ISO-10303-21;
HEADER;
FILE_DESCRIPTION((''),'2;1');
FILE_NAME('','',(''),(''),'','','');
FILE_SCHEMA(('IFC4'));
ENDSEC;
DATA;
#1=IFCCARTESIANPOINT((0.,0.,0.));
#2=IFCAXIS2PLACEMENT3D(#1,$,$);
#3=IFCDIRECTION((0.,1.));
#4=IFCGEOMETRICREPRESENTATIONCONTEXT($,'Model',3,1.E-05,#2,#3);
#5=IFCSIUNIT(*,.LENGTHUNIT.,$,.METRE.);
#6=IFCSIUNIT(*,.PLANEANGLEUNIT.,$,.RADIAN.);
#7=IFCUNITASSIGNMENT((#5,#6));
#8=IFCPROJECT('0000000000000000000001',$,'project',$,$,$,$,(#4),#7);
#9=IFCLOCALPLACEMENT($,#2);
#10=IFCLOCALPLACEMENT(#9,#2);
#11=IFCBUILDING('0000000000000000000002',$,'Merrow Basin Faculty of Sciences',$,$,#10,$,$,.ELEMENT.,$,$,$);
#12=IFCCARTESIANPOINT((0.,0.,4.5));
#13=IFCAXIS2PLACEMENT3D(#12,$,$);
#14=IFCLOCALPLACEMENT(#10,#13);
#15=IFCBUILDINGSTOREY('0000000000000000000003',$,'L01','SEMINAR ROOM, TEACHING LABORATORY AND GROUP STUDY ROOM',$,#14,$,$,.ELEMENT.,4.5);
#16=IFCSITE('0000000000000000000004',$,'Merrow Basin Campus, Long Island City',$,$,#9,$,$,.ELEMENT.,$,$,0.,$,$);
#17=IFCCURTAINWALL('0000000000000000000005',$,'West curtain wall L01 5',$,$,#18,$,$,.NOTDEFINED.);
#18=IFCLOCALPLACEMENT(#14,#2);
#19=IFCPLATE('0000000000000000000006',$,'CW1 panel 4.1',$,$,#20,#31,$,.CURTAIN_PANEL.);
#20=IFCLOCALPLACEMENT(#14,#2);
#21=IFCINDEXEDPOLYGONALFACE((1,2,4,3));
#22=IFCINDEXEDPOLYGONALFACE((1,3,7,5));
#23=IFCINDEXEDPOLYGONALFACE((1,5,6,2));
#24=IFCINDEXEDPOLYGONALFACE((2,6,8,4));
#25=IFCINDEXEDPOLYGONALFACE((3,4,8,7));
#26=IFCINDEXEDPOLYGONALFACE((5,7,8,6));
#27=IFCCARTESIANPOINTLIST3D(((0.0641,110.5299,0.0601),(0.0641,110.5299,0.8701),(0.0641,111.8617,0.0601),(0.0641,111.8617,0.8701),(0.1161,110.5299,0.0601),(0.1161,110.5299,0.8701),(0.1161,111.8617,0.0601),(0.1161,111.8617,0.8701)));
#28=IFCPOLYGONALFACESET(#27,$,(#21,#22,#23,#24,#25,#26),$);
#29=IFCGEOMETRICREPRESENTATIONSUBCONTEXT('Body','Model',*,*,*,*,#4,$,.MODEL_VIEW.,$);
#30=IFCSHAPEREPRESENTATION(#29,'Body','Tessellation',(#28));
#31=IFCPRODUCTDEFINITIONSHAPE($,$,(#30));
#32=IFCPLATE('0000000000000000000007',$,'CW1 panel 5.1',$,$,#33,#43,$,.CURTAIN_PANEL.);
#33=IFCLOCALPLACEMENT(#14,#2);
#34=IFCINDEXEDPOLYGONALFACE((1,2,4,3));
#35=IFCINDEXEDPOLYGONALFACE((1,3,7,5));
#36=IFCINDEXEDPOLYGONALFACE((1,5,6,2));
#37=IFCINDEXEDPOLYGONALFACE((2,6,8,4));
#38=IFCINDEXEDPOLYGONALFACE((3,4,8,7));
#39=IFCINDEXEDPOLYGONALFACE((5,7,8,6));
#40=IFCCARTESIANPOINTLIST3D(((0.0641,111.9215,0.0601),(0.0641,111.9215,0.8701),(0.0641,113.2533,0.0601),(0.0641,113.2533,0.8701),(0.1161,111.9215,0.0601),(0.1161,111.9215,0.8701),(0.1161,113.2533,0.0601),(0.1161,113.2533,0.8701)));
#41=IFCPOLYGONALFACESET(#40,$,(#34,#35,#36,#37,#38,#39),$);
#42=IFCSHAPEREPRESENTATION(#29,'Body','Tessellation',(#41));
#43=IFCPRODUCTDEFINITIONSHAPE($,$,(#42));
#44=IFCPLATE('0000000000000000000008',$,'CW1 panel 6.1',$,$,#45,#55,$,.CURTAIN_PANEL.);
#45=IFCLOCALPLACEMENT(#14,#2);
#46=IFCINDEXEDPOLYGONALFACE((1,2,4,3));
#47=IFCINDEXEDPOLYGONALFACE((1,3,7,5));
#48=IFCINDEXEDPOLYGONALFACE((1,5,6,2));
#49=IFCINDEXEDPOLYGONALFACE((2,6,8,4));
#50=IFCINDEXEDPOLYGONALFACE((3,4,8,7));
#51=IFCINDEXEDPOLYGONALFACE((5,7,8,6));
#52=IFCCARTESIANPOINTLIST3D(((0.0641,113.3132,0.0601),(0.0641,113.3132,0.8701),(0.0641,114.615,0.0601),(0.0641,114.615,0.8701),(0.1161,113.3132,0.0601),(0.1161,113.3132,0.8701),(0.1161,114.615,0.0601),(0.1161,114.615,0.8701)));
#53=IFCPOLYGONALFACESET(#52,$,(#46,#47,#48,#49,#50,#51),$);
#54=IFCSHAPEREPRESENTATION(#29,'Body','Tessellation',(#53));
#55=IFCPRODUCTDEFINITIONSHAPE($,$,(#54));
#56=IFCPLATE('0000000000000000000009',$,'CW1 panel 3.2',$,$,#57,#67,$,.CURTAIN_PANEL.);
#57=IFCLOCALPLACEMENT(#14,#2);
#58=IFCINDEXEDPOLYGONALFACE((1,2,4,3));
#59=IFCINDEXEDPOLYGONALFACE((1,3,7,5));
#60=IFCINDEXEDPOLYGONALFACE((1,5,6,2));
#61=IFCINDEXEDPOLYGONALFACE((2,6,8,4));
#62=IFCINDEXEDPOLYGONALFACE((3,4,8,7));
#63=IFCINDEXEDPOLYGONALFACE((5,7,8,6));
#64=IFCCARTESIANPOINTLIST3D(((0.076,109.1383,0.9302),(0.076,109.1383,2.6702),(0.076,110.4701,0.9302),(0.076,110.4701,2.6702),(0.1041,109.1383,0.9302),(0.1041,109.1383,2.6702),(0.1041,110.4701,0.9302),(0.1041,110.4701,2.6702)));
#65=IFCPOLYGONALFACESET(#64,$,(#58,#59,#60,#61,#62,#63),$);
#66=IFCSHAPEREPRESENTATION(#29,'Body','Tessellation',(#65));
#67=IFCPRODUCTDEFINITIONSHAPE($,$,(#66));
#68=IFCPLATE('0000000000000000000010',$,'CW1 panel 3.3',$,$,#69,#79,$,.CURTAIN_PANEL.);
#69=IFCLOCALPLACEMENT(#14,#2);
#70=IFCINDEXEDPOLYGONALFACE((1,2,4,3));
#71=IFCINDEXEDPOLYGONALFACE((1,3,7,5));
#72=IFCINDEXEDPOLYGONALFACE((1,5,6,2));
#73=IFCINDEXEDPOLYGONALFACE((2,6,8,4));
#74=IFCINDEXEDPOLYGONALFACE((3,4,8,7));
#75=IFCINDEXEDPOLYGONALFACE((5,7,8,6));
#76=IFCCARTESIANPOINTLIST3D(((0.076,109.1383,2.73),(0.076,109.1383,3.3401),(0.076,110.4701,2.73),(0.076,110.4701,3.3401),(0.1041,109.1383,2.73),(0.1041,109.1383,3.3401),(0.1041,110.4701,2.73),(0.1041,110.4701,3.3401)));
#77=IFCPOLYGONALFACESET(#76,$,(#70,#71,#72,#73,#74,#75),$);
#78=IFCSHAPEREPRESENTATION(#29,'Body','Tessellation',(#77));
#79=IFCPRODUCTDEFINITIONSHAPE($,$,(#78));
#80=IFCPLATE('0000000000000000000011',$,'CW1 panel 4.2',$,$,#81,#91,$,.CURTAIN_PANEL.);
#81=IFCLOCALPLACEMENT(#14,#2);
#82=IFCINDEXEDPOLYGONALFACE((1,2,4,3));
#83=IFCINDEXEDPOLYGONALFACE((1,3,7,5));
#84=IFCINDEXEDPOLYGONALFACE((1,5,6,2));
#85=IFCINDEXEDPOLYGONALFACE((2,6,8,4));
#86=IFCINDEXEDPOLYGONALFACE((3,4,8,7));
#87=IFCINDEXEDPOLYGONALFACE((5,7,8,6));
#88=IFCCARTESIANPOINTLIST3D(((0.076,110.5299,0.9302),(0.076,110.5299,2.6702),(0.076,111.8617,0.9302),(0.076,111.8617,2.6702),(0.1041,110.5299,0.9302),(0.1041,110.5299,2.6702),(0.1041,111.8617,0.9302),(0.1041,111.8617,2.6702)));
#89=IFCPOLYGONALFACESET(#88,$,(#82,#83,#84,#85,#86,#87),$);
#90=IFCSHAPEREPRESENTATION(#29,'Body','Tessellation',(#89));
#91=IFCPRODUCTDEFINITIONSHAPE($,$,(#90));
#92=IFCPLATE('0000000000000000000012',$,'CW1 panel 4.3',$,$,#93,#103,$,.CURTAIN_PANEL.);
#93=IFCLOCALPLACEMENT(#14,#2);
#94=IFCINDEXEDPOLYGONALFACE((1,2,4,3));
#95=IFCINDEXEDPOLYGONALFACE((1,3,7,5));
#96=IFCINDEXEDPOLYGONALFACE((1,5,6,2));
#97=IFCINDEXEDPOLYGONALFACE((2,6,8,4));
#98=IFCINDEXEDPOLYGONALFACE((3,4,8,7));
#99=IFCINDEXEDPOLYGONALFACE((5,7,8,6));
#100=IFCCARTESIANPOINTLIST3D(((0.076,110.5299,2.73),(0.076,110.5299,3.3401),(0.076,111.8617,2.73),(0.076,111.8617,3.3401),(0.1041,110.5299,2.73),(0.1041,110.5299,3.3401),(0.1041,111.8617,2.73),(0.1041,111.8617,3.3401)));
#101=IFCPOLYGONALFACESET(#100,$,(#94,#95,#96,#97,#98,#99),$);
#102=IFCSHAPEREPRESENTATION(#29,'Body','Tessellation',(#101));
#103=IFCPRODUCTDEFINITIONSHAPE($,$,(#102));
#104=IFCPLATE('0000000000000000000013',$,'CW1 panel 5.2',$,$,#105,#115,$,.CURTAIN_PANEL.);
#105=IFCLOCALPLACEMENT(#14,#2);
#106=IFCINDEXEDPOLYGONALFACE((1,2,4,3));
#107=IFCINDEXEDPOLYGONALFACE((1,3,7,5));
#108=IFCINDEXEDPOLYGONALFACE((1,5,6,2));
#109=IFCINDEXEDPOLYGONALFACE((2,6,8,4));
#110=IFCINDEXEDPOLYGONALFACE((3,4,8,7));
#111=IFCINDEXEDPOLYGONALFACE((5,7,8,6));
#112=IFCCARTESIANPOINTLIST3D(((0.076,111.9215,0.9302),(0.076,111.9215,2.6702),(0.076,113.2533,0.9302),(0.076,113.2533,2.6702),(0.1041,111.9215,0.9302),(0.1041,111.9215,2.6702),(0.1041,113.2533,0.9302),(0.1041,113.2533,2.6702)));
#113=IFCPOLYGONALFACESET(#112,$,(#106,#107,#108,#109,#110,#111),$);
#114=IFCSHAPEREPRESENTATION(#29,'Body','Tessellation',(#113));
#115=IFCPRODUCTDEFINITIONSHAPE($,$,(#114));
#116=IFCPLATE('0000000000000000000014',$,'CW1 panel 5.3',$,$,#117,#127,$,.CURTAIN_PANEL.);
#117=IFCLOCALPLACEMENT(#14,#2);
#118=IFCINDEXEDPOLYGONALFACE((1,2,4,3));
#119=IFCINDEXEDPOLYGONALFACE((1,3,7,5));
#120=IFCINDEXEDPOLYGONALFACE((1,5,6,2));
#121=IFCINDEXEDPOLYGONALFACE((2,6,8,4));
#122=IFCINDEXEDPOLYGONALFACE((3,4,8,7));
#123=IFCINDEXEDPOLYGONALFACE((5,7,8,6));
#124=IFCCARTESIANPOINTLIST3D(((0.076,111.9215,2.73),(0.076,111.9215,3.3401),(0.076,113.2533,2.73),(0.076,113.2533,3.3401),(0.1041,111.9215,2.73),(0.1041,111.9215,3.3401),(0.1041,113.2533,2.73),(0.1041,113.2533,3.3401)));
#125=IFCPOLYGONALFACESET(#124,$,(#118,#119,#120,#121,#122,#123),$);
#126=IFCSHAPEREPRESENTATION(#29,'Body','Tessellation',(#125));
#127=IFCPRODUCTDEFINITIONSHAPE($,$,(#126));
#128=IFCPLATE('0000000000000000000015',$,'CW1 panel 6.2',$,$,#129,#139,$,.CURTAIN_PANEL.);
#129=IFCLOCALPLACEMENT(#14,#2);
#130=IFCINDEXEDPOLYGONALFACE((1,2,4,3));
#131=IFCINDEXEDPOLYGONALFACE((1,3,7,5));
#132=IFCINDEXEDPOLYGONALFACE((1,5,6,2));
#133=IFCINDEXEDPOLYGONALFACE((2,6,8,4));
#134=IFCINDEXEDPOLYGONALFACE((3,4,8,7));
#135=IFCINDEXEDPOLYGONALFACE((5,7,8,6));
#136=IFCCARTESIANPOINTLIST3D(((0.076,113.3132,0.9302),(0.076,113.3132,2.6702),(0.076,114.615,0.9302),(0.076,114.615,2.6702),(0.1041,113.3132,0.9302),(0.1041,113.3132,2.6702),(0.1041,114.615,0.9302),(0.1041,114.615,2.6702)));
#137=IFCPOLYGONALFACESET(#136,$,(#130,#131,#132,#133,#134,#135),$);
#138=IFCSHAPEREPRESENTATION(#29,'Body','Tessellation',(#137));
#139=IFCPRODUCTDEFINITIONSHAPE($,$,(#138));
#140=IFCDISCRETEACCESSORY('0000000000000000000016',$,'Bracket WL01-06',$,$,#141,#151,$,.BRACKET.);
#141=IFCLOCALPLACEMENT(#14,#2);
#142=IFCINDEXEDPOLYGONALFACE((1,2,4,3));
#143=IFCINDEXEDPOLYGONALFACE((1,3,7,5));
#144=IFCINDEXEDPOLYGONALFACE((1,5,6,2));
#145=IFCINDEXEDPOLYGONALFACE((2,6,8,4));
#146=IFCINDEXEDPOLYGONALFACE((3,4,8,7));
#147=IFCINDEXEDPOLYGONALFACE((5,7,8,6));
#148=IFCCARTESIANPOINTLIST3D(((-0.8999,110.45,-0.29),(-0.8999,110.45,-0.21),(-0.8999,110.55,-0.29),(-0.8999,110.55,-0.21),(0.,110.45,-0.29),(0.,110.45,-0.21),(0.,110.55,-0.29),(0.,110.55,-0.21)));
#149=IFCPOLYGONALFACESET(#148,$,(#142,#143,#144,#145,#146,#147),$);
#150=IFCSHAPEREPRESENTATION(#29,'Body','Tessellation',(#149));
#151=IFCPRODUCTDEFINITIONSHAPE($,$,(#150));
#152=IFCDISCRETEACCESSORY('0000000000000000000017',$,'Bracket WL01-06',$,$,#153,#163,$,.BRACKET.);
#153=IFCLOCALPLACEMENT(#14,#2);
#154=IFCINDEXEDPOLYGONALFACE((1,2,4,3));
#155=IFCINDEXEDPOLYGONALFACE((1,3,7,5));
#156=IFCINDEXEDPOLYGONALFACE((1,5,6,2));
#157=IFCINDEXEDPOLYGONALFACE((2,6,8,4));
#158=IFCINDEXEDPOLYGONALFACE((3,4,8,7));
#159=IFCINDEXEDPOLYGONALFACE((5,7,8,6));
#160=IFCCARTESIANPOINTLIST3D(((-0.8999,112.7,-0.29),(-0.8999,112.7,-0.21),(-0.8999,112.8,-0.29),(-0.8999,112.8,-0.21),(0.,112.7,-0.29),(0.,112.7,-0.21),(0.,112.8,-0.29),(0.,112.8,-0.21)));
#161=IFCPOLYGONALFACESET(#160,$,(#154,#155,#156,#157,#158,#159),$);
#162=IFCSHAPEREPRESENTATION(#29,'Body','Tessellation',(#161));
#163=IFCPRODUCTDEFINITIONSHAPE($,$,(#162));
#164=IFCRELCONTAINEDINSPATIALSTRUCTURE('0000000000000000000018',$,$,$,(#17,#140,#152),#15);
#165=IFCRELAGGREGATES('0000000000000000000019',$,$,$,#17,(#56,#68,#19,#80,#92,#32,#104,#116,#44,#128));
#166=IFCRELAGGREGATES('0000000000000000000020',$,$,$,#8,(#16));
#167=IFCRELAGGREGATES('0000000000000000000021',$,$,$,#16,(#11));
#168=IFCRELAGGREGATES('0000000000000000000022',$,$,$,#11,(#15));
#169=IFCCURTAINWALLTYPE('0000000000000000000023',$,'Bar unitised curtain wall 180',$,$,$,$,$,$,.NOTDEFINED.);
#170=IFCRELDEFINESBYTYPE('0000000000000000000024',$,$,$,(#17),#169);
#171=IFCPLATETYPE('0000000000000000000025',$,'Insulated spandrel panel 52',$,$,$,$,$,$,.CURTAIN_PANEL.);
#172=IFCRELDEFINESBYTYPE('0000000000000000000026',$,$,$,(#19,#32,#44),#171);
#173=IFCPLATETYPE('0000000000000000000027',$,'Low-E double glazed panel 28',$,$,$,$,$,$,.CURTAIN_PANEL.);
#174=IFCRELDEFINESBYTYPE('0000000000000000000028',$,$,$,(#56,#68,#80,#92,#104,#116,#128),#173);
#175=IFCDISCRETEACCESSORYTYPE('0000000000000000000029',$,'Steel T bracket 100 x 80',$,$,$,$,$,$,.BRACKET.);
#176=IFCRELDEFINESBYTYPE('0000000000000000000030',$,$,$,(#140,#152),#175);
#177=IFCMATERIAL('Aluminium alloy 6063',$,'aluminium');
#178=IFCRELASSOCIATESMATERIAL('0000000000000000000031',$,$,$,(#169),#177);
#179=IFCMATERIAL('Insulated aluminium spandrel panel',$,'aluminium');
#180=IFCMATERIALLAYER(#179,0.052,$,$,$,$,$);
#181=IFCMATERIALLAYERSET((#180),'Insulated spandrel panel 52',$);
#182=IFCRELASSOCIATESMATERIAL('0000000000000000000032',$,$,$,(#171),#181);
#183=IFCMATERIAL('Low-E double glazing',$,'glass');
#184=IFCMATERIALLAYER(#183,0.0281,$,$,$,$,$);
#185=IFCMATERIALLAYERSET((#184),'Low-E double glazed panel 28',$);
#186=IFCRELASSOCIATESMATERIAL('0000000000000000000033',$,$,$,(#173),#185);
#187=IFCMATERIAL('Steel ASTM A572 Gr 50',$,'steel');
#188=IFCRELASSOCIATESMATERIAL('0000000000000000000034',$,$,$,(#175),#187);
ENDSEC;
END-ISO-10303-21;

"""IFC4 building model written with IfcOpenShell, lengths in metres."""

from ifc_helpers import new_model, si_unit, direction, frame, origin, origin_2d, place, context, subcontext, project, spatial, polyline, rectangle, outline, extrude, source, transform, mapped, material, layer, layer_set, type_object, element, aggregate, save


model = new_model("IFC4")

# Units and contexts
model_context = context("Model", 3, precision=1e-05, world=origin(), true_north=direction((0.0, 1.0)))
body_context = subcontext(model_context, "Body", "Model", "MODEL_VIEW")
ifc_project = project(units=[si_unit("LENGTHUNIT", "METRE"), si_unit("PLANEANGLEUNIT", "RADIAN")], contexts=[model_context])

# Site, building, storey
site_placement = place(None, origin())
site = spatial("IfcSite", under=ifc_project, at=site_placement, Name="Merrow Basin Campus, Long Island City", CompositionType="ELEMENT", RefElevation=0.0)
building_placement = place(site_placement, origin())
building = spatial("IfcBuilding", under=site, at=building_placement, Name="Merrow Basin Faculty of Sciences", CompositionType="ELEMENT")
storey_placement = place(building_placement, frame((0.0, 0.0, 4.5)))
storey = spatial("IfcBuildingStorey", under=building, at=storey_placement, Name="L01", Description="SEMINAR ROOM, TEACHING LABORATORY AND GROUP STUDY ROOM", CompositionType="ELEMENT", Elevation=4.5)

# Curtain wall, plates
ifc_material_1 = material(Name="Aluminium alloy 6063", Category="aluminium")
curtain_wall_type = type_object("IfcCurtainWallType", Name="Bar unitised curtain wall 180", PredefinedType="NOTDEFINED", material=ifc_material_1)
curtain_wall_placement = place(storey_placement, origin())
curtain_wall = element("IfcCurtainWall", 1, at=curtain_wall_placement, inside=storey, type_object=curtain_wall_type, Name="West curtain wall L01 5", PredefinedType="NOTDEFINED")
ifc_material_2 = material(Name="Insulated aluminium spandrel panel", Category="aluminium")
ifc_layer_1 = layer(ifc_material_2, 0.052)
ifc_layer_set_1 = layer_set([ifc_layer_1], Name="Insulated spandrel panel 52")
plate_type_1 = type_object("IfcPlateType", Name="Insulated spandrel panel 52", PredefinedType="CURTAIN_PANEL", material=ifc_layer_set_1)
plate_1_placement = place(storey_placement, frame((0.0901, 111.1958, 0.0601), z_axis=(0.0, 0.0, 1.0), x_axis=(0.0, 1.0, 0.0)))
plate_1 = element("IfcPlate", 2, at=plate_1_placement, type_object=plate_type_1, Name="CW1 panel 4.1", PredefinedType="CURTAIN_PANEL", context=body_context, shape_type="SweptSolid", body=[
    extrude(rectangle(XDim=1.3318, YDim=0.052, at=origin_2d()), origin(), (0.0, 0.0, 1.0), 0.8101),
])
plate_2_placement = place(storey_placement, frame((0.0901, 112.5874, 0.0601), z_axis=(0.0, 0.0, 1.0), x_axis=(0.0, 1.0, 0.0)))
plate_2 = element("IfcPlate", 3, at=plate_2_placement, type_object=plate_type_1, Name="CW1 panel 5.1", PredefinedType="CURTAIN_PANEL", context=body_context, shape_type="SweptSolid", body=[
    extrude(rectangle(XDim=1.3318, YDim=0.052, at=origin_2d()), origin(), (0.0, 0.0, 1.0), 0.8101),
])
plate_3_placement = place(storey_placement, frame((0.0901, 113.9641, 0.0601), z_axis=(0.0, 0.0, 1.0), x_axis=(0.0, 1.0, 0.0)))
plate_3 = element("IfcPlate", 4, at=plate_3_placement, type_object=plate_type_1, Name="CW1 panel 6.1", PredefinedType="CURTAIN_PANEL", context=body_context, shape_type="SweptSolid", body=[
    extrude(rectangle(XDim=1.3018, YDim=0.052, at=origin_2d()), origin(), (0.0, 0.0, 1.0), 0.8101),
])
ifc_material_3 = material(Name="Low-E double glazing", Category="glass")
ifc_layer_2 = layer(ifc_material_3, 0.0281)
ifc_layer_set_2 = layer_set([ifc_layer_2], Name="Low-E double glazed panel 28")
plate_type_2 = type_object("IfcPlateType", Name="Low-E double glazed panel 28", PredefinedType="CURTAIN_PANEL", material=ifc_layer_set_2)
plate_4_placement = place(storey_placement, frame((0.0901, 109.8042, 0.9302), z_axis=(0.0, 0.0, 1.0), x_axis=(0.0, 1.0, 0.0)))
plate_4 = element("IfcPlate", 5, at=plate_4_placement, type_object=plate_type_2, Name="CW1 panel 3.2", PredefinedType="CURTAIN_PANEL", context=body_context, shape_type="SweptSolid", body=[
    extrude(rectangle(XDim=1.3318, YDim=0.0281, at=origin_2d()), origin(), (0.0, 0.0, 1.0), 1.74),
])
plate_5_placement = place(storey_placement, frame((0.0901, 109.8042, 2.73), z_axis=(0.0, 0.0, 1.0), x_axis=(0.0, 1.0, 0.0)))
plate_5 = element("IfcPlate", 6, at=plate_5_placement, type_object=plate_type_2, Name="CW1 panel 3.3", PredefinedType="CURTAIN_PANEL", context=body_context, shape_type="SweptSolid", body=[
    extrude(rectangle(XDim=1.3318, YDim=0.0281, at=origin_2d()), origin(), (0.0, 0.0, 1.0), 0.6101),
])
plate_6_placement = place(storey_placement, frame((0.0901, 111.1958, 0.9302), z_axis=(0.0, 0.0, 1.0), x_axis=(0.0, 1.0, 0.0)))
plate_6 = element("IfcPlate", 7, at=plate_6_placement, type_object=plate_type_2, Name="CW1 panel 4.2", PredefinedType="CURTAIN_PANEL", context=body_context, shape_type="SweptSolid", body=[
    extrude(rectangle(XDim=1.3318, YDim=0.0281, at=origin_2d()), origin(), (0.0, 0.0, 1.0), 1.74),
])
plate_7_placement = place(storey_placement, frame((0.0901, 111.1958, 2.73), z_axis=(0.0, 0.0, 1.0), x_axis=(0.0, 1.0, 0.0)))
plate_7 = element("IfcPlate", 8, at=plate_7_placement, type_object=plate_type_2, Name="CW1 panel 4.3", PredefinedType="CURTAIN_PANEL", context=body_context, shape_type="SweptSolid", body=[
    extrude(rectangle(XDim=1.3318, YDim=0.0281, at=origin_2d()), origin(), (0.0, 0.0, 1.0), 0.6101),
])
plate_8_placement = place(storey_placement, frame((0.0901, 112.5874, 0.9302), z_axis=(0.0, 0.0, 1.0), x_axis=(0.0, 1.0, 0.0)))
plate_8 = element("IfcPlate", 9, at=plate_8_placement, type_object=plate_type_2, Name="CW1 panel 5.2", PredefinedType="CURTAIN_PANEL", context=body_context, shape_type="SweptSolid", body=[
    extrude(rectangle(XDim=1.3318, YDim=0.0281, at=origin_2d()), origin(), (0.0, 0.0, 1.0), 1.74),
])
plate_9_placement = place(storey_placement, frame((0.0901, 112.5874, 2.73), z_axis=(0.0, 0.0, 1.0), x_axis=(0.0, 1.0, 0.0)))
plate_9 = element("IfcPlate", 10, at=plate_9_placement, type_object=plate_type_2, Name="CW1 panel 5.3", PredefinedType="CURTAIN_PANEL", context=body_context, shape_type="SweptSolid", body=[
    extrude(rectangle(XDim=1.3318, YDim=0.0281, at=origin_2d()), origin(), (0.0, 0.0, 1.0), 0.6101),
])
plate_10_placement = place(storey_placement, frame((0.0901, 113.9641, 0.9302), z_axis=(0.0, 0.0, 1.0), x_axis=(0.0, 1.0, 0.0)))
plate_10 = element("IfcPlate", 11, at=plate_10_placement, type_object=plate_type_2, Name="CW1 panel 6.2", PredefinedType="CURTAIN_PANEL", context=body_context, shape_type="SweptSolid", body=[
    extrude(rectangle(XDim=1.3018, YDim=0.0281, at=origin_2d()), origin(), (0.0, 0.0, 1.0), 1.74),
])
aggregate(curtain_wall, [plate_4, plate_5, plate_1, plate_6, plate_7, plate_2, plate_8, plate_9, plate_3, plate_10])

# Discrete accessories
ifc_material_4 = material(Name="Steel ASTM A572 Gr 50", Category="steel")
discrete_accessory_type = type_object("IfcDiscreteAccessoryType", Name="Steel T bracket 100 x 80", PredefinedType="BRACKET", material=ifc_material_4)
shared_shape = source(origin(), body_context, "Body", "SweptSolid", [
    extrude(outline(polyline([(0.0, 0.0), (0.1001, 0.0), (0.1001, 0.0801), (0.0, 0.0801), (0.0, 0.0)])), origin(), (0.0, 0.0, 1.0), 0.8999),
])
for number, where, z_axis, x_axis, name in (
    (12, (-0.8999, 110.45, -0.29), (1.0, 0.0, 0.0), (0.0, 1.0, 0.0), "Bracket WL01-06"),
    (13, (-0.8999, 112.7, -0.29), (1.0, 0.0, 0.0), (0.0, 1.0, 0.0), "Bracket WL01-06"),
):
    element("IfcDiscreteAccessory", number, at=place(storey_placement, frame(where, z_axis=z_axis, x_axis=x_axis)), inside=storey, type_object=discrete_accessory_type, Name=name, PredefinedType="BRACKET", context=body_context, shape_type="MappedRepresentation", body=[
        mapped(shared_shape, transform((0.0, 0.0, 0.0), scale=1.0)),
    ])

save(model, "model.ifc")
